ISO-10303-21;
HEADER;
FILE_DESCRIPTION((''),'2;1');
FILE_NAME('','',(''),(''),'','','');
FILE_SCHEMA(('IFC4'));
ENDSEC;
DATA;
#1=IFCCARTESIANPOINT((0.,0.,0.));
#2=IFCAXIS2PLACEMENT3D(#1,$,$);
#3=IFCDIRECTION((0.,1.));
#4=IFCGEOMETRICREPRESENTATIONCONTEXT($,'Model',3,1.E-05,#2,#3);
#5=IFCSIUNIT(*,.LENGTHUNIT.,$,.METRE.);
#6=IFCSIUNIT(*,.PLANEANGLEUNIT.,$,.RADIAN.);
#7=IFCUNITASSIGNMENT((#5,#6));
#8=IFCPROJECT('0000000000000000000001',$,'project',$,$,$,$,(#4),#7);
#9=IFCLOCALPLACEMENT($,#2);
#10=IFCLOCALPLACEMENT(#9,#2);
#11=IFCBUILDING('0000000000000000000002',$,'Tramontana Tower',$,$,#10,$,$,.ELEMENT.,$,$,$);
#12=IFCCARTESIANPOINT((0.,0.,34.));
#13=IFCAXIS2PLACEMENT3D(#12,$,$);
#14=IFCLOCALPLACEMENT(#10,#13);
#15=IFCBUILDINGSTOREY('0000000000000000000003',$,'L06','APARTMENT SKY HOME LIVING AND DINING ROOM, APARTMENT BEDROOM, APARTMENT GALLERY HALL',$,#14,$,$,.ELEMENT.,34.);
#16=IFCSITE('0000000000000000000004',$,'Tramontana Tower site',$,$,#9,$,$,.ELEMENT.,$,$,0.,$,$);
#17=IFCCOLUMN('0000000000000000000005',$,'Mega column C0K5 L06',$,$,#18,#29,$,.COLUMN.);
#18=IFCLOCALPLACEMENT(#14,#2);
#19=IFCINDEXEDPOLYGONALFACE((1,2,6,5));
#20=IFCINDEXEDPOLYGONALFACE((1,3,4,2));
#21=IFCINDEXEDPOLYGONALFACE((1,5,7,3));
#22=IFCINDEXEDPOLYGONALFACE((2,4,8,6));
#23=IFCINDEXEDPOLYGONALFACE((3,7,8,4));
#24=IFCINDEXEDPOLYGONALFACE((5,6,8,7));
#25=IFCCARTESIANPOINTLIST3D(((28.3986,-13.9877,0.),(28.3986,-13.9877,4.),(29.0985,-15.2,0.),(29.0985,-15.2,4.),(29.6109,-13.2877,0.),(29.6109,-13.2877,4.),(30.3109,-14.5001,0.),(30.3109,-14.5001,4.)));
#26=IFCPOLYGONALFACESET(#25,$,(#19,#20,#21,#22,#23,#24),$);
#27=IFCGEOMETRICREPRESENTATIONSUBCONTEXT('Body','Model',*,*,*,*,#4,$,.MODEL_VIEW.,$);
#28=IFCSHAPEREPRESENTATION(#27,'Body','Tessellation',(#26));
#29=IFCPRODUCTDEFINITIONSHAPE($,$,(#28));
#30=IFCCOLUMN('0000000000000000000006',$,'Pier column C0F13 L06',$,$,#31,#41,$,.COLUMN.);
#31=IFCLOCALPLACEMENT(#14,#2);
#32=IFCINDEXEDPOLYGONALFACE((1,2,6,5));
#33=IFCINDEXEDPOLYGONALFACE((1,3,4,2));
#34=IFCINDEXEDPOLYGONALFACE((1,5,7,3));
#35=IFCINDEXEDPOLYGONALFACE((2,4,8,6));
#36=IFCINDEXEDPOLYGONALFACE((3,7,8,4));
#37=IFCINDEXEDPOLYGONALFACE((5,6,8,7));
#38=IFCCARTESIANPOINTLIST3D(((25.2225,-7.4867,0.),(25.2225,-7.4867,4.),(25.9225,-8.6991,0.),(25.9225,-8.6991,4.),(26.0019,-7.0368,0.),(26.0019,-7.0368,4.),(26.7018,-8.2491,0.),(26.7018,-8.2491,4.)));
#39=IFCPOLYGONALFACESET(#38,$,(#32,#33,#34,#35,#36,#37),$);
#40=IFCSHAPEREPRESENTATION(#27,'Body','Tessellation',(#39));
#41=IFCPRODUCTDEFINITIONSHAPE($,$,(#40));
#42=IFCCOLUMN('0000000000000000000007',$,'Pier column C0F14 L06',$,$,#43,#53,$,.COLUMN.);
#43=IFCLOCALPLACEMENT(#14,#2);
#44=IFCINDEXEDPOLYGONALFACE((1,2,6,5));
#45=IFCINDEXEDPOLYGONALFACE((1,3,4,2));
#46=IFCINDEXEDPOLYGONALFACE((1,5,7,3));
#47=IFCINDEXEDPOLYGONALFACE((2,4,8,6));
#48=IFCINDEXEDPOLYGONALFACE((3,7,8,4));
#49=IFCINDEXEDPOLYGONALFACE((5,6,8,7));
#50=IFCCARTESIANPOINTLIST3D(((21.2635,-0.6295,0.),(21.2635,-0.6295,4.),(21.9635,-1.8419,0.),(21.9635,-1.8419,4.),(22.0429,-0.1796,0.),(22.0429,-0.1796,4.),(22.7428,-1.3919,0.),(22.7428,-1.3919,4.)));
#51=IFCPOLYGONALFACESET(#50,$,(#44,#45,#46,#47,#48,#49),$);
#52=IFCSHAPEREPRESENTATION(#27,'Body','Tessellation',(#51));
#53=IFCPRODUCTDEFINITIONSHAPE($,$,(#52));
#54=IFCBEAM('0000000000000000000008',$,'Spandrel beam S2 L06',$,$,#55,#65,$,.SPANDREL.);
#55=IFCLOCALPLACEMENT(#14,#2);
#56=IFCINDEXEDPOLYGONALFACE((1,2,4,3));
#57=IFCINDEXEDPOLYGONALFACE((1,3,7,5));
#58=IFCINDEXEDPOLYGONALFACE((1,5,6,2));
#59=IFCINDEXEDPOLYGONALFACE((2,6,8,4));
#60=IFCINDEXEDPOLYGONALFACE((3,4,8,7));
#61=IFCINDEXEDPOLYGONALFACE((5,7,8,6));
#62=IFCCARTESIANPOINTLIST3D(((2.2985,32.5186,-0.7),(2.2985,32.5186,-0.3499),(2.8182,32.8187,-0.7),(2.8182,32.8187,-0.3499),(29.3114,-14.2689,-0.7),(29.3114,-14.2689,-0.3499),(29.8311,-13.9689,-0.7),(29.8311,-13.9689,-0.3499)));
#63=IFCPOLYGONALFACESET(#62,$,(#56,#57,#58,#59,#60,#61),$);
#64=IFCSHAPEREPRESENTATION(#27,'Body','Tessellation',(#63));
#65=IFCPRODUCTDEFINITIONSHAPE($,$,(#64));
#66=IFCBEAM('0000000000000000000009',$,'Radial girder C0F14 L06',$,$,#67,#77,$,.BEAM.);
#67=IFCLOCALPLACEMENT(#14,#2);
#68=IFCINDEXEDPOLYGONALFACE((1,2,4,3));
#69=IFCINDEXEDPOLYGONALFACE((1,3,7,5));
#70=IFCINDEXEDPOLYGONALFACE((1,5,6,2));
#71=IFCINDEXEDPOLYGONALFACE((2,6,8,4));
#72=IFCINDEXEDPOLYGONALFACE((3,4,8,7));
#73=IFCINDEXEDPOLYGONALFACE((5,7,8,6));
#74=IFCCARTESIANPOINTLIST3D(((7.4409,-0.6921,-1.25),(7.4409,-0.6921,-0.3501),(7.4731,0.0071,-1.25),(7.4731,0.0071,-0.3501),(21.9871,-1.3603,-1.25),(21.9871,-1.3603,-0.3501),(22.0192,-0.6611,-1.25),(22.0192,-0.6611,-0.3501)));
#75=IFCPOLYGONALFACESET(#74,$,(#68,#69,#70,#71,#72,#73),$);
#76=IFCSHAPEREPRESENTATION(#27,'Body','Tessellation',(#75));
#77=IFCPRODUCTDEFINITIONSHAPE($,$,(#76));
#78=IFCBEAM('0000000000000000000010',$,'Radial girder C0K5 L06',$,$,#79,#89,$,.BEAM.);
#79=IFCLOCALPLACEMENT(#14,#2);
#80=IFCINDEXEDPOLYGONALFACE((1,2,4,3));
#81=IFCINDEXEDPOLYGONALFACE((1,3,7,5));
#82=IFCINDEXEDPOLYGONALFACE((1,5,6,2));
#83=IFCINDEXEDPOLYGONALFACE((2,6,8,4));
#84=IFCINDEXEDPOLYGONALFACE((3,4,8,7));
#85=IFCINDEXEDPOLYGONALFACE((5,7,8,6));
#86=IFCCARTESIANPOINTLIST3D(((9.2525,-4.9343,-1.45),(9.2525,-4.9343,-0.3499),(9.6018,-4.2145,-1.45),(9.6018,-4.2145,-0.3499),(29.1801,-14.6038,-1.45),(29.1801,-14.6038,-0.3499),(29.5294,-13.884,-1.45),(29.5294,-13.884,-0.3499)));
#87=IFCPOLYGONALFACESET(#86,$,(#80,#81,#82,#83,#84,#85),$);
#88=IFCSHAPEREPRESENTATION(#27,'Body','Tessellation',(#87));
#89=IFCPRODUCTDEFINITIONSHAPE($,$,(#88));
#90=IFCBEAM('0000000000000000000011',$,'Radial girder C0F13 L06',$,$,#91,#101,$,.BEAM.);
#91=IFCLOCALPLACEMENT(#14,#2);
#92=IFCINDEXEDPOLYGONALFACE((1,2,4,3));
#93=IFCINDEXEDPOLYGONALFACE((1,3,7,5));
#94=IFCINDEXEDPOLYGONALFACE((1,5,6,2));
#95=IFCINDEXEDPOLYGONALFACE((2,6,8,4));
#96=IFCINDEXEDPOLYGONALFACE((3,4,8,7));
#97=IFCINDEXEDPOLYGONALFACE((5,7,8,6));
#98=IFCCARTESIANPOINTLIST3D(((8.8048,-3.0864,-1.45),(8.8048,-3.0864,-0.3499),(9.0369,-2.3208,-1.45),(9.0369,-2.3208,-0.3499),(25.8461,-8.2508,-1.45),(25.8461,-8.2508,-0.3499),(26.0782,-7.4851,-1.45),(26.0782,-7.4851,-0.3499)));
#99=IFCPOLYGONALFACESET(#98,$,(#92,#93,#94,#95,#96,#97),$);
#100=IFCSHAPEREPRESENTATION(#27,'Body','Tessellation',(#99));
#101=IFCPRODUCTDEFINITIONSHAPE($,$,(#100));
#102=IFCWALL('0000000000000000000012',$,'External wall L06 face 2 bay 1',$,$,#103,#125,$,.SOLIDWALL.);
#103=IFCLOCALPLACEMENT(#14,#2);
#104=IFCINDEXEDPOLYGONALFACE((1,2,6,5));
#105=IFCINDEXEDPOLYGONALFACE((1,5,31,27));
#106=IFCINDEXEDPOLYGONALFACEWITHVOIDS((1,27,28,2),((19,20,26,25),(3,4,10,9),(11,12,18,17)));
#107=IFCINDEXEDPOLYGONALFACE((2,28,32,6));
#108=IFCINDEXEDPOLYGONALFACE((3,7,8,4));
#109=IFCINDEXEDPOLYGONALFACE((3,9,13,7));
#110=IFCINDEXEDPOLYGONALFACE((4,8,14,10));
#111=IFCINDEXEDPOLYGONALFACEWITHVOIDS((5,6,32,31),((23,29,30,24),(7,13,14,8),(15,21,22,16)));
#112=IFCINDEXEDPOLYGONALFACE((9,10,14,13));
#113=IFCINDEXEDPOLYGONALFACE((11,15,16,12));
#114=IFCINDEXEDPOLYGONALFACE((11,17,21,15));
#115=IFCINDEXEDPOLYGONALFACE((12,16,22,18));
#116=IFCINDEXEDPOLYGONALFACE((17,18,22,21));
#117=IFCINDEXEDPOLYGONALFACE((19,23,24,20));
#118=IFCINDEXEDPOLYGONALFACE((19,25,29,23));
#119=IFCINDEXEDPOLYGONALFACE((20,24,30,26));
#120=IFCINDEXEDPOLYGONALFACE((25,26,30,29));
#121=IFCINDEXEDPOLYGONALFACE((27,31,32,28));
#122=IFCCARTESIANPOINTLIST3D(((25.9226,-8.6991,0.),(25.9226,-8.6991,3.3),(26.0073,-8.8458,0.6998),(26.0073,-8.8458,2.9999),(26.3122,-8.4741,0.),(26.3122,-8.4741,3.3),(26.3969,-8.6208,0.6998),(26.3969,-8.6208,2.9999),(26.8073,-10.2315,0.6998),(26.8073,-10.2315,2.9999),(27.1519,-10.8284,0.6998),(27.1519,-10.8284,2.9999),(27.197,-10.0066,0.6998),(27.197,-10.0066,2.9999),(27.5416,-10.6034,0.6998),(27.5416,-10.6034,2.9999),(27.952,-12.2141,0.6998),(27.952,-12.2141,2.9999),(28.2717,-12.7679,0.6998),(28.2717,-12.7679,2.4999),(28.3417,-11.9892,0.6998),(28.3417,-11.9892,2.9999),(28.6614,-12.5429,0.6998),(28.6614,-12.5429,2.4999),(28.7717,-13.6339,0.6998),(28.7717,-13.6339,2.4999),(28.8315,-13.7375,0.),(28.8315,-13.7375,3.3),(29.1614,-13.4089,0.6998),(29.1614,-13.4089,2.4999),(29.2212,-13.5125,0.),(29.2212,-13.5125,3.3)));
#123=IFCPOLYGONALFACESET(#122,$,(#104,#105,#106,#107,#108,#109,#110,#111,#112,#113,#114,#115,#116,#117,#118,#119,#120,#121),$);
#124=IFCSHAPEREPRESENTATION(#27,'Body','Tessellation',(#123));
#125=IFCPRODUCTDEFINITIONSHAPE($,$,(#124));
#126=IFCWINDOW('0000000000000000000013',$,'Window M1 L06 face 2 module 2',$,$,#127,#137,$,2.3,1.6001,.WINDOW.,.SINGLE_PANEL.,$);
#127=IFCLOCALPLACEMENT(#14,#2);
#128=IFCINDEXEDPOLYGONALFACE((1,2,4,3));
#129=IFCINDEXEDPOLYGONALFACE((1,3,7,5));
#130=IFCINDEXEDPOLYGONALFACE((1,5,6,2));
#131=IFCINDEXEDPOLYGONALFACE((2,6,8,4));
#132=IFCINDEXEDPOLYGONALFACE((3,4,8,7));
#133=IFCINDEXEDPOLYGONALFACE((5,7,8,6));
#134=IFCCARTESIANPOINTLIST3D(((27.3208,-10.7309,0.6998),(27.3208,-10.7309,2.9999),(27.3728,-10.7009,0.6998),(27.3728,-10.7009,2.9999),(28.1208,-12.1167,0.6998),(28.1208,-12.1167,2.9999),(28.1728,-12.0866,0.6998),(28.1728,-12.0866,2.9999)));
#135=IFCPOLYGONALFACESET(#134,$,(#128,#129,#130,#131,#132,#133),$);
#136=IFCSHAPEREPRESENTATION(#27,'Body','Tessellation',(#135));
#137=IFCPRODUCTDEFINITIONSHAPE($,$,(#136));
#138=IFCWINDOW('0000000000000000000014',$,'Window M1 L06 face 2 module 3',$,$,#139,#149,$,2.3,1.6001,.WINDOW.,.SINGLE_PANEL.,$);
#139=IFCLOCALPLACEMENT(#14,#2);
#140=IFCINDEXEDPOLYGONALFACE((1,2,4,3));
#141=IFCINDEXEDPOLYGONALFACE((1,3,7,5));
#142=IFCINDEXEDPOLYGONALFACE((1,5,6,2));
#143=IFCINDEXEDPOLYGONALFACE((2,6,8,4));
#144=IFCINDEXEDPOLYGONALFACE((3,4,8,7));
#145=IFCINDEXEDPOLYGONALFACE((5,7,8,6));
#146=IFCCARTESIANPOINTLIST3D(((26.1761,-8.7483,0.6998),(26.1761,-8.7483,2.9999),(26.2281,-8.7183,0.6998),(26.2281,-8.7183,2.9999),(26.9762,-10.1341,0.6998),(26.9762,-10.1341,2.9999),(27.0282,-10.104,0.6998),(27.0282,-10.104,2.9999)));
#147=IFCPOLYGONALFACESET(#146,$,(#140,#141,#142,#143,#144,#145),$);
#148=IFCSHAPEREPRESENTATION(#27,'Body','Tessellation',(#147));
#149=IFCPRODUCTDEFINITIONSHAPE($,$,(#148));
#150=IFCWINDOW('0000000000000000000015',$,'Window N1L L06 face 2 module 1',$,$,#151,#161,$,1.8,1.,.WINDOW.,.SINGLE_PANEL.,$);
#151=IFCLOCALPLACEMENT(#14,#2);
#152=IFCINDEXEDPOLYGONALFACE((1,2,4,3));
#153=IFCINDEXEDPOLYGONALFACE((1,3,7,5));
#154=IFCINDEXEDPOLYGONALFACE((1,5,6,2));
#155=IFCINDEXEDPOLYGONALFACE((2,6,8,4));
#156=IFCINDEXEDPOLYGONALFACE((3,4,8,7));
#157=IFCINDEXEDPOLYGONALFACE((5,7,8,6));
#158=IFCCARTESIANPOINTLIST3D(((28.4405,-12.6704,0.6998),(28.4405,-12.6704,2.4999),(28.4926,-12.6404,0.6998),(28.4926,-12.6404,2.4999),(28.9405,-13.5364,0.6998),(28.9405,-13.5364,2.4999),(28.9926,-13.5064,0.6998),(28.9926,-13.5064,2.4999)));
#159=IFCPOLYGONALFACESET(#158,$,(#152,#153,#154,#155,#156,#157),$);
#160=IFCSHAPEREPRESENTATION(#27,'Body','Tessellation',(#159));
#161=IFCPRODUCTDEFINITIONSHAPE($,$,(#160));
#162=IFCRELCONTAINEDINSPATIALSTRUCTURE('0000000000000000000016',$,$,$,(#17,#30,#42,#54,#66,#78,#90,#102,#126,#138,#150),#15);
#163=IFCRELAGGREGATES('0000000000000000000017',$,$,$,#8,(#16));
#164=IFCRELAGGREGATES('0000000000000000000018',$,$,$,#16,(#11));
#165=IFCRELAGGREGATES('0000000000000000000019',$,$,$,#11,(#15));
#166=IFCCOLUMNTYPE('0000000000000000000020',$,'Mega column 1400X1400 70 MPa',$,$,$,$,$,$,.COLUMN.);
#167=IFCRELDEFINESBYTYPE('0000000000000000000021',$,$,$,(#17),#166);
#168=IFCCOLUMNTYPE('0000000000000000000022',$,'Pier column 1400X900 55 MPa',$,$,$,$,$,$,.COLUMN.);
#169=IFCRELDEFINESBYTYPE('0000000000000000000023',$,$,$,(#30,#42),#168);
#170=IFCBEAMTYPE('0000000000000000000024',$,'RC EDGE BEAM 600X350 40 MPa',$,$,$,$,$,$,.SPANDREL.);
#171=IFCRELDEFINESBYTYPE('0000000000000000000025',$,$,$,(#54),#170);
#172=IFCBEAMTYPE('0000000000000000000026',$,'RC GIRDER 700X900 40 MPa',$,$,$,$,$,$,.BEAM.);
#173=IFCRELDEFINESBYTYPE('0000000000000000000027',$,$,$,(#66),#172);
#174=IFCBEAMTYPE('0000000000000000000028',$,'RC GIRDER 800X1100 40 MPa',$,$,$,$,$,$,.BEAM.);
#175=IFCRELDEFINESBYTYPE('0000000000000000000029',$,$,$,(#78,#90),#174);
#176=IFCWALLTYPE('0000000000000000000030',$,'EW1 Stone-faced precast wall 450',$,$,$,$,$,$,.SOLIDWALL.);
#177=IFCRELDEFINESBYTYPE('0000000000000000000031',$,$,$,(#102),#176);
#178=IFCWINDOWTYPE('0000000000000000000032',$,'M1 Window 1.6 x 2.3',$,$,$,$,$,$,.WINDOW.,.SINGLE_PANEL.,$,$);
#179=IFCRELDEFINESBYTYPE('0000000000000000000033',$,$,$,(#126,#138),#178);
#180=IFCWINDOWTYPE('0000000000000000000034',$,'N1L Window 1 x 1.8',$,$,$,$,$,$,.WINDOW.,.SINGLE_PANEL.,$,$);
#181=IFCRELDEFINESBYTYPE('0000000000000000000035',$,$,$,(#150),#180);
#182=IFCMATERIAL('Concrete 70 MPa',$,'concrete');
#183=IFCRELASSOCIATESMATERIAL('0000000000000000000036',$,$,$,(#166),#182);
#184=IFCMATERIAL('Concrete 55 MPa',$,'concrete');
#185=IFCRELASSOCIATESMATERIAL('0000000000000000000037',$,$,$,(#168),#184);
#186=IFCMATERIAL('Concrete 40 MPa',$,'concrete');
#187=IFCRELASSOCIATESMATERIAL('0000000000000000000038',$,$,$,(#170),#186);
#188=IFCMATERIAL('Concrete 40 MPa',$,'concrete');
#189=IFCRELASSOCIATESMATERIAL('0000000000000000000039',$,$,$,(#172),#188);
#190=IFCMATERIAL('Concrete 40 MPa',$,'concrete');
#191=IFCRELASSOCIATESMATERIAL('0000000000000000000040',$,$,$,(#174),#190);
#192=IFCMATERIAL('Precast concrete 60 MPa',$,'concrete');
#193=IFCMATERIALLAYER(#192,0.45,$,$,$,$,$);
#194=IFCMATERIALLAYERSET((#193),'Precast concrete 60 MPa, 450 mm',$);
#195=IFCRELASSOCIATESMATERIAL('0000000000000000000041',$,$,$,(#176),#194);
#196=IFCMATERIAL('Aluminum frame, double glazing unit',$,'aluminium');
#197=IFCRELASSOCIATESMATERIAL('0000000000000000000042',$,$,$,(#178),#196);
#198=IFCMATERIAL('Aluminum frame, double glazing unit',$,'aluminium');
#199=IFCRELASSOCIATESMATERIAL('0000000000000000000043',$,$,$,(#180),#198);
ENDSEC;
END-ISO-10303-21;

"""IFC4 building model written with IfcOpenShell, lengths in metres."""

from ifc_helpers import new_model, si_unit, direction, frame, frame_2d, origin, origin_2d, place, context, subcontext, project, spatial, rectangle, extrude, material, layer, layer_set, material_profile, profile_set, type_object, element, fill, save


model = new_model("IFC4")

# Units and contexts
model_context = context("Model", 3, precision=1e-05, world=origin(), true_north=direction((0.0, 1.0)))
body_context = subcontext(model_context, "Body", "Model", "MODEL_VIEW")
ifc_project = project(units=[si_unit("LENGTHUNIT", "METRE"), si_unit("PLANEANGLEUNIT", "RADIAN")], contexts=[model_context])

# Site, building, storey
site_placement = place(None, origin())
site = spatial("IfcSite", under=ifc_project, at=site_placement, Name="Tramontana Tower site", CompositionType="ELEMENT", RefElevation=0.0)
building_placement = place(site_placement, origin())
building = spatial("IfcBuilding", under=site, at=building_placement, Name="Tramontana Tower", CompositionType="ELEMENT")
storey_placement = place(building_placement, frame((0.0, 0.0, 34.0)))
storey = spatial("IfcBuildingStorey", under=building, at=storey_placement, Name="L06", Description="APARTMENT SKY HOME LIVING AND DINING ROOM, APARTMENT BEDROOM, APARTMENT GALLERY HALL", CompositionType="ELEMENT", Elevation=34.0)

# Columns
ifc_material_1 = material(Name="Concrete 70 MPa", Category="concrete")
ifc_material_profile_1 = material_profile(ifc_material_1, rectangle(XDim=1.3999, YDim=1.3999, at=origin_2d()), Name="Mega column 1400X1400 70 MPa")
ifc_profile_set_1 = profile_set([ifc_material_profile_1], Name="Concrete 70 MPa")
column_type_1 = type_object("IfcColumnType", Name="Mega column 1400X1400 70 MPa", PredefinedType="COLUMN", material=ifc_profile_set_1)
column_placement = place(storey_placement, frame((29.3547, -14.2439, 0.0), z_axis=(0.0, 0.0, 1.0), x_axis=(-0.5, 0.866025, 0.0)))
element("IfcColumn", 1, at=column_placement, inside=storey, type_object=column_type_1, Name="Mega column C0K5 L06", PredefinedType="COLUMN", context=body_context, shape_type="SweptSolid", body=[
    extrude(rectangle(XDim=1.3999, YDim=1.3999, at=origin_2d()), origin(), (0.0, 0.0, 1.0), 4.0),
])
ifc_material_2 = material(Name="Concrete 55 MPa", Category="concrete")
ifc_material_profile_2 = material_profile(ifc_material_2, rectangle(XDim=1.3999, YDim=0.8999, at=origin_2d()), Name="Pier column 1400X900 55 MPa")
ifc_profile_set_2 = profile_set([ifc_material_profile_2], Name="Concrete 55 MPa")
column_type_2 = type_object("IfcColumnType", Name="Pier column 1400X900 55 MPa", PredefinedType="COLUMN", material=ifc_profile_set_2)
for number, where, z_axis, x_axis, name in (
    (2, (25.9622, -7.8679, 0.0), (0.0, 0.0, 1.0), (-0.5, 0.866025, 0.0), "Pier column C0F13 L06"),
    (3, (22.0032, -1.0107, 0.0), (0.0, 0.0, 1.0), (-0.5, 0.866025, 0.0), "Pier column C0F14 L06"),
):
    element("IfcColumn", number, at=place(storey_placement, frame(where, z_axis=z_axis, x_axis=x_axis)), inside=storey, type_object=column_type_2, Name=name, PredefinedType="COLUMN", context=body_context, shape_type="SweptSolid", body=[
        extrude(rectangle(XDim=1.3999, YDim=0.8999, at=origin_2d()), origin(), (0.0, 0.0, 1.0), 4.0),
    ])

# Beams
ifc_material_3 = material(Name="Concrete 40 MPa", Category="concrete")
ifc_material_profile_3 = material_profile(ifc_material_3, rectangle(XDim=0.6001, YDim=0.3501, at=origin_2d()), Name="RC EDGE BEAM 600X350 40 MPa")
ifc_profile_set_3 = profile_set([ifc_material_profile_3], Name="Concrete 40 MPa")
beam_type_1 = type_object("IfcBeamType", Name="RC EDGE BEAM 600X350 40 MPa", PredefinedType="SPANDREL", material=ifc_profile_set_3)
beam_1_placement = place(storey_placement, frame((29.5713, -14.1189, -0.5249), z_axis=(-0.500001, 0.866025, 0.0), x_axis=(-0.866025, -0.500001, 0.0)))
element("IfcBeam", 4, at=beam_1_placement, inside=storey, type_object=beam_type_1, Name="Spandrel beam S2 L06", PredefinedType="SPANDREL", context=body_context, shape_type="SweptSolid", body=[
    extrude(rectangle(XDim=0.6001, YDim=0.3501, at=origin_2d()), origin(), (0.0, 0.0, 1.0), 54.0256),
])
ifc_material_4 = material(Name="Concrete 40 MPa", Category="concrete")
ifc_material_profile_4 = material_profile(ifc_material_4, rectangle(XDim=0.7, YDim=0.8999, at=origin_2d()), Name="RC GIRDER 700X900 40 MPa")
ifc_profile_set_4 = profile_set([ifc_material_profile_4], Name="Concrete 40 MPa")
beam_type_2 = type_object("IfcBeamType", Name="RC GIRDER 700X900 40 MPa", PredefinedType="BEAM", material=ifc_profile_set_4)
beam_2_placement = place(storey_placement, frame((22.0032, -1.0107, -0.8), z_axis=(-0.998947, 0.045889, 0.0), x_axis=(-0.045889, -0.998947, 0.0)))
element("IfcBeam", 5, at=beam_2_placement, inside=storey, type_object=beam_type_2, Name="Radial girder C0F14 L06", PredefinedType="BEAM", context=body_context, shape_type="SweptSolid", body=[
    extrude(rectangle(XDim=0.7, YDim=0.8999, at=origin_2d()), origin(), (0.0, 0.0, 1.0), 14.5615),
])
ifc_material_5 = material(Name="Concrete 40 MPa", Category="concrete")
ifc_material_profile_5 = material_profile(ifc_material_5, rectangle(XDim=0.8, YDim=1.1001, at=origin_2d()), Name="RC GIRDER 800X1100 40 MPa")
ifc_profile_set_5 = profile_set([ifc_material_profile_5], Name="Concrete 40 MPa")
beam_type_3 = type_object("IfcBeamType", Name="RC GIRDER 800X1100 40 MPa", PredefinedType="BEAM", material=ifc_profile_set_5)
beam_3_placement = place(storey_placement, frame((29.3547, -14.2439, -0.8999), z_axis=(-0.899679, 0.436552, 0.0), x_axis=(-0.436552, -0.899679, 0.0)))
element("IfcBeam", 6, at=beam_3_placement, inside=storey, type_object=beam_type_3, Name="Radial girder C0K5 L06", PredefinedType="BEAM", context=body_context, shape_type="SweptSolid", body=[
    extrude(rectangle(XDim=0.8, YDim=1.1001, at=origin_2d()), origin(), (0.0, 0.0, 1.0), 22.1497),
])
beam_4_placement = place(storey_placement, frame((25.9622, -7.8679, -0.8999), z_axis=(-0.95702, 0.290022, 0.0), x_axis=(-0.290022, -0.95702, 0.0)))
element("IfcBeam", 7, at=beam_4_placement, inside=storey, type_object=beam_type_3, Name="Radial girder C0F13 L06", PredefinedType="BEAM", context=body_context, shape_type="SweptSolid", body=[
    extrude(rectangle(XDim=0.8, YDim=1.1001, at=origin_2d()), origin(), (0.0, 0.0, 1.0), 17.8066),
])

# Wall, openings, windows
ifc_material_6 = material(Name="Precast concrete 60 MPa", Category="concrete")
ifc_layer_1 = layer(ifc_material_6, 0.45)
ifc_layer_set_1 = layer_set([ifc_layer_1], Name="Precast concrete 60 MPa, 450 mm")
wall_type_1 = type_object("IfcWallType", Name="EW1 Stone-faced precast wall 450", PredefinedType="SOLIDWALL", material=ifc_layer_set_1)
wall_1_placement = place(storey_placement, frame((29.0264, -13.625, 0.0), z_axis=(0.0, 0.0, 1.0), x_axis=(-0.500007, 0.866021, 0.0)))
wall_1 = element("IfcWall", 8, at=wall_1_placement, inside=storey, type_object=wall_type_1, Name="External wall L06 face 2 bay 1", PredefinedType="SOLIDWALL", context=body_context, shape_type="SweptSolid", body=[
    extrude(rectangle(XDim=5.8179, YDim=0.45, at=frame_2d((2.9089, 0.0))), origin(), (0.0, 0.0, 1.0), 3.3),
])
opening_1_placement = place(wall_1_placement, frame((0.1196, 0.0, 0.7)))
opening_1 = element("IfcOpeningElement", 9, at=opening_1_placement, cuts=wall_1, PredefinedType="OPENING", context=body_context, shape_type="SweptSolid", body=[
    extrude(rectangle(XDim=1.0, YDim=1.8, at=frame_2d((0.5, 0.8999))), frame((0.0, 0.2349, 0.0), z_axis=(0.0, -1.0, 0.0), x_axis=(1.0, 0.0, 0.0)), (0.0, 0.0, 1.0), 0.47),
])
opening_2_placement = place(wall_1_placement, frame((1.759, 0.0, 0.7)))
opening_2 = element("IfcOpeningElement", 10, at=opening_2_placement, cuts=wall_1, PredefinedType="OPENING", context=body_context, shape_type="SweptSolid", body=[
    extrude(rectangle(XDim=1.6001, YDim=2.3, at=frame_2d((0.8, 1.1499))), frame((0.0, 0.2349, 0.0), z_axis=(0.0, -1.0, 0.0), x_axis=(1.0, 0.0, 0.0)), (0.0, 0.0, 1.0), 0.47),
])
opening_3_placement = place(wall_1_placement, frame((4.0483, 0.0, 0.7)))
opening_3 = element("IfcOpeningElement", 11, at=opening_3_placement, cuts=wall_1, PredefinedType="OPENING", context=body_context, shape_type="SweptSolid", body=[
    extrude(rectangle(XDim=1.6001, YDim=2.3, at=frame_2d((0.8, 1.1499))), frame((0.0, 0.2349, 0.0), z_axis=(0.0, -1.0, 0.0), x_axis=(1.0, 0.0, 0.0)), (0.0, 0.0, 1.0), 0.47),
])
ifc_material_7 = material(Name="Aluminum frame, double glazing unit", Category="aluminium")
window_type_1 = type_object("IfcWindowType", Name="M1 Window 1.6 x 2.3", PartitioningType="SINGLE_PANEL", PredefinedType="WINDOW", material=ifc_material_7)
window_1_placement = place(opening_2_placement, origin())
window_1 = element("IfcWindow", 12, at=window_1_placement, inside=storey, type_object=window_type_1, Name="Window M1 L06 face 2 module 2", OverallHeight=2.3, OverallWidth=1.6001, PartitioningType="SINGLE_PANEL", PredefinedType="WINDOW", context=body_context, shape_type="SweptSolid", body=[
    extrude(rectangle(XDim=1.6001, YDim=2.3, at=frame_2d((0.8, 1.1499))), frame((0.0, 0.03, 0.0), z_axis=(0.0, -1.0, 0.0), x_axis=(1.0, 0.0, 0.0)), (0.0, 0.0, 1.0), 0.0601),
])
fill(opening_2, window_1)
window_2_placement = place(opening_3_placement, origin())
window_2 = element("IfcWindow", 13, at=window_2_placement, inside=storey, type_object=window_type_1, Name="Window M1 L06 face 2 module 3", OverallHeight=2.3, OverallWidth=1.6001, PartitioningType="SINGLE_PANEL", PredefinedType="WINDOW", context=body_context, shape_type="SweptSolid", body=[
    extrude(rectangle(XDim=1.6001, YDim=2.3, at=frame_2d((0.8, 1.1499))), frame((0.0, 0.03, 0.0), z_axis=(0.0, -1.0, 0.0), x_axis=(1.0, 0.0, 0.0)), (0.0, 0.0, 1.0), 0.0601),
])
fill(opening_3, window_2)
ifc_material_8 = material(Name="Aluminum frame, double glazing unit", Category="aluminium")
window_type_2 = type_object("IfcWindowType", Name="N1L Window 1 x 1.8", PartitioningType="SINGLE_PANEL", PredefinedType="WINDOW", material=ifc_material_8)
window_3_placement = place(opening_1_placement, origin())
window_3 = element("IfcWindow", 14, at=window_3_placement, inside=storey, type_object=window_type_2, Name="Window N1L L06 face 2 module 1", OverallHeight=1.8, OverallWidth=1.0, PartitioningType="SINGLE_PANEL", PredefinedType="WINDOW", context=body_context, shape_type="SweptSolid", body=[
    extrude(rectangle(XDim=1.0, YDim=1.8, at=frame_2d((0.5, 0.8999))), frame((0.0, 0.03, 0.0), z_axis=(0.0, -1.0, 0.0), x_axis=(1.0, 0.0, 0.0)), (0.0, 0.0, 1.0), 0.0601),
])
fill(opening_1, window_3)

save(model, "model.ifc")
